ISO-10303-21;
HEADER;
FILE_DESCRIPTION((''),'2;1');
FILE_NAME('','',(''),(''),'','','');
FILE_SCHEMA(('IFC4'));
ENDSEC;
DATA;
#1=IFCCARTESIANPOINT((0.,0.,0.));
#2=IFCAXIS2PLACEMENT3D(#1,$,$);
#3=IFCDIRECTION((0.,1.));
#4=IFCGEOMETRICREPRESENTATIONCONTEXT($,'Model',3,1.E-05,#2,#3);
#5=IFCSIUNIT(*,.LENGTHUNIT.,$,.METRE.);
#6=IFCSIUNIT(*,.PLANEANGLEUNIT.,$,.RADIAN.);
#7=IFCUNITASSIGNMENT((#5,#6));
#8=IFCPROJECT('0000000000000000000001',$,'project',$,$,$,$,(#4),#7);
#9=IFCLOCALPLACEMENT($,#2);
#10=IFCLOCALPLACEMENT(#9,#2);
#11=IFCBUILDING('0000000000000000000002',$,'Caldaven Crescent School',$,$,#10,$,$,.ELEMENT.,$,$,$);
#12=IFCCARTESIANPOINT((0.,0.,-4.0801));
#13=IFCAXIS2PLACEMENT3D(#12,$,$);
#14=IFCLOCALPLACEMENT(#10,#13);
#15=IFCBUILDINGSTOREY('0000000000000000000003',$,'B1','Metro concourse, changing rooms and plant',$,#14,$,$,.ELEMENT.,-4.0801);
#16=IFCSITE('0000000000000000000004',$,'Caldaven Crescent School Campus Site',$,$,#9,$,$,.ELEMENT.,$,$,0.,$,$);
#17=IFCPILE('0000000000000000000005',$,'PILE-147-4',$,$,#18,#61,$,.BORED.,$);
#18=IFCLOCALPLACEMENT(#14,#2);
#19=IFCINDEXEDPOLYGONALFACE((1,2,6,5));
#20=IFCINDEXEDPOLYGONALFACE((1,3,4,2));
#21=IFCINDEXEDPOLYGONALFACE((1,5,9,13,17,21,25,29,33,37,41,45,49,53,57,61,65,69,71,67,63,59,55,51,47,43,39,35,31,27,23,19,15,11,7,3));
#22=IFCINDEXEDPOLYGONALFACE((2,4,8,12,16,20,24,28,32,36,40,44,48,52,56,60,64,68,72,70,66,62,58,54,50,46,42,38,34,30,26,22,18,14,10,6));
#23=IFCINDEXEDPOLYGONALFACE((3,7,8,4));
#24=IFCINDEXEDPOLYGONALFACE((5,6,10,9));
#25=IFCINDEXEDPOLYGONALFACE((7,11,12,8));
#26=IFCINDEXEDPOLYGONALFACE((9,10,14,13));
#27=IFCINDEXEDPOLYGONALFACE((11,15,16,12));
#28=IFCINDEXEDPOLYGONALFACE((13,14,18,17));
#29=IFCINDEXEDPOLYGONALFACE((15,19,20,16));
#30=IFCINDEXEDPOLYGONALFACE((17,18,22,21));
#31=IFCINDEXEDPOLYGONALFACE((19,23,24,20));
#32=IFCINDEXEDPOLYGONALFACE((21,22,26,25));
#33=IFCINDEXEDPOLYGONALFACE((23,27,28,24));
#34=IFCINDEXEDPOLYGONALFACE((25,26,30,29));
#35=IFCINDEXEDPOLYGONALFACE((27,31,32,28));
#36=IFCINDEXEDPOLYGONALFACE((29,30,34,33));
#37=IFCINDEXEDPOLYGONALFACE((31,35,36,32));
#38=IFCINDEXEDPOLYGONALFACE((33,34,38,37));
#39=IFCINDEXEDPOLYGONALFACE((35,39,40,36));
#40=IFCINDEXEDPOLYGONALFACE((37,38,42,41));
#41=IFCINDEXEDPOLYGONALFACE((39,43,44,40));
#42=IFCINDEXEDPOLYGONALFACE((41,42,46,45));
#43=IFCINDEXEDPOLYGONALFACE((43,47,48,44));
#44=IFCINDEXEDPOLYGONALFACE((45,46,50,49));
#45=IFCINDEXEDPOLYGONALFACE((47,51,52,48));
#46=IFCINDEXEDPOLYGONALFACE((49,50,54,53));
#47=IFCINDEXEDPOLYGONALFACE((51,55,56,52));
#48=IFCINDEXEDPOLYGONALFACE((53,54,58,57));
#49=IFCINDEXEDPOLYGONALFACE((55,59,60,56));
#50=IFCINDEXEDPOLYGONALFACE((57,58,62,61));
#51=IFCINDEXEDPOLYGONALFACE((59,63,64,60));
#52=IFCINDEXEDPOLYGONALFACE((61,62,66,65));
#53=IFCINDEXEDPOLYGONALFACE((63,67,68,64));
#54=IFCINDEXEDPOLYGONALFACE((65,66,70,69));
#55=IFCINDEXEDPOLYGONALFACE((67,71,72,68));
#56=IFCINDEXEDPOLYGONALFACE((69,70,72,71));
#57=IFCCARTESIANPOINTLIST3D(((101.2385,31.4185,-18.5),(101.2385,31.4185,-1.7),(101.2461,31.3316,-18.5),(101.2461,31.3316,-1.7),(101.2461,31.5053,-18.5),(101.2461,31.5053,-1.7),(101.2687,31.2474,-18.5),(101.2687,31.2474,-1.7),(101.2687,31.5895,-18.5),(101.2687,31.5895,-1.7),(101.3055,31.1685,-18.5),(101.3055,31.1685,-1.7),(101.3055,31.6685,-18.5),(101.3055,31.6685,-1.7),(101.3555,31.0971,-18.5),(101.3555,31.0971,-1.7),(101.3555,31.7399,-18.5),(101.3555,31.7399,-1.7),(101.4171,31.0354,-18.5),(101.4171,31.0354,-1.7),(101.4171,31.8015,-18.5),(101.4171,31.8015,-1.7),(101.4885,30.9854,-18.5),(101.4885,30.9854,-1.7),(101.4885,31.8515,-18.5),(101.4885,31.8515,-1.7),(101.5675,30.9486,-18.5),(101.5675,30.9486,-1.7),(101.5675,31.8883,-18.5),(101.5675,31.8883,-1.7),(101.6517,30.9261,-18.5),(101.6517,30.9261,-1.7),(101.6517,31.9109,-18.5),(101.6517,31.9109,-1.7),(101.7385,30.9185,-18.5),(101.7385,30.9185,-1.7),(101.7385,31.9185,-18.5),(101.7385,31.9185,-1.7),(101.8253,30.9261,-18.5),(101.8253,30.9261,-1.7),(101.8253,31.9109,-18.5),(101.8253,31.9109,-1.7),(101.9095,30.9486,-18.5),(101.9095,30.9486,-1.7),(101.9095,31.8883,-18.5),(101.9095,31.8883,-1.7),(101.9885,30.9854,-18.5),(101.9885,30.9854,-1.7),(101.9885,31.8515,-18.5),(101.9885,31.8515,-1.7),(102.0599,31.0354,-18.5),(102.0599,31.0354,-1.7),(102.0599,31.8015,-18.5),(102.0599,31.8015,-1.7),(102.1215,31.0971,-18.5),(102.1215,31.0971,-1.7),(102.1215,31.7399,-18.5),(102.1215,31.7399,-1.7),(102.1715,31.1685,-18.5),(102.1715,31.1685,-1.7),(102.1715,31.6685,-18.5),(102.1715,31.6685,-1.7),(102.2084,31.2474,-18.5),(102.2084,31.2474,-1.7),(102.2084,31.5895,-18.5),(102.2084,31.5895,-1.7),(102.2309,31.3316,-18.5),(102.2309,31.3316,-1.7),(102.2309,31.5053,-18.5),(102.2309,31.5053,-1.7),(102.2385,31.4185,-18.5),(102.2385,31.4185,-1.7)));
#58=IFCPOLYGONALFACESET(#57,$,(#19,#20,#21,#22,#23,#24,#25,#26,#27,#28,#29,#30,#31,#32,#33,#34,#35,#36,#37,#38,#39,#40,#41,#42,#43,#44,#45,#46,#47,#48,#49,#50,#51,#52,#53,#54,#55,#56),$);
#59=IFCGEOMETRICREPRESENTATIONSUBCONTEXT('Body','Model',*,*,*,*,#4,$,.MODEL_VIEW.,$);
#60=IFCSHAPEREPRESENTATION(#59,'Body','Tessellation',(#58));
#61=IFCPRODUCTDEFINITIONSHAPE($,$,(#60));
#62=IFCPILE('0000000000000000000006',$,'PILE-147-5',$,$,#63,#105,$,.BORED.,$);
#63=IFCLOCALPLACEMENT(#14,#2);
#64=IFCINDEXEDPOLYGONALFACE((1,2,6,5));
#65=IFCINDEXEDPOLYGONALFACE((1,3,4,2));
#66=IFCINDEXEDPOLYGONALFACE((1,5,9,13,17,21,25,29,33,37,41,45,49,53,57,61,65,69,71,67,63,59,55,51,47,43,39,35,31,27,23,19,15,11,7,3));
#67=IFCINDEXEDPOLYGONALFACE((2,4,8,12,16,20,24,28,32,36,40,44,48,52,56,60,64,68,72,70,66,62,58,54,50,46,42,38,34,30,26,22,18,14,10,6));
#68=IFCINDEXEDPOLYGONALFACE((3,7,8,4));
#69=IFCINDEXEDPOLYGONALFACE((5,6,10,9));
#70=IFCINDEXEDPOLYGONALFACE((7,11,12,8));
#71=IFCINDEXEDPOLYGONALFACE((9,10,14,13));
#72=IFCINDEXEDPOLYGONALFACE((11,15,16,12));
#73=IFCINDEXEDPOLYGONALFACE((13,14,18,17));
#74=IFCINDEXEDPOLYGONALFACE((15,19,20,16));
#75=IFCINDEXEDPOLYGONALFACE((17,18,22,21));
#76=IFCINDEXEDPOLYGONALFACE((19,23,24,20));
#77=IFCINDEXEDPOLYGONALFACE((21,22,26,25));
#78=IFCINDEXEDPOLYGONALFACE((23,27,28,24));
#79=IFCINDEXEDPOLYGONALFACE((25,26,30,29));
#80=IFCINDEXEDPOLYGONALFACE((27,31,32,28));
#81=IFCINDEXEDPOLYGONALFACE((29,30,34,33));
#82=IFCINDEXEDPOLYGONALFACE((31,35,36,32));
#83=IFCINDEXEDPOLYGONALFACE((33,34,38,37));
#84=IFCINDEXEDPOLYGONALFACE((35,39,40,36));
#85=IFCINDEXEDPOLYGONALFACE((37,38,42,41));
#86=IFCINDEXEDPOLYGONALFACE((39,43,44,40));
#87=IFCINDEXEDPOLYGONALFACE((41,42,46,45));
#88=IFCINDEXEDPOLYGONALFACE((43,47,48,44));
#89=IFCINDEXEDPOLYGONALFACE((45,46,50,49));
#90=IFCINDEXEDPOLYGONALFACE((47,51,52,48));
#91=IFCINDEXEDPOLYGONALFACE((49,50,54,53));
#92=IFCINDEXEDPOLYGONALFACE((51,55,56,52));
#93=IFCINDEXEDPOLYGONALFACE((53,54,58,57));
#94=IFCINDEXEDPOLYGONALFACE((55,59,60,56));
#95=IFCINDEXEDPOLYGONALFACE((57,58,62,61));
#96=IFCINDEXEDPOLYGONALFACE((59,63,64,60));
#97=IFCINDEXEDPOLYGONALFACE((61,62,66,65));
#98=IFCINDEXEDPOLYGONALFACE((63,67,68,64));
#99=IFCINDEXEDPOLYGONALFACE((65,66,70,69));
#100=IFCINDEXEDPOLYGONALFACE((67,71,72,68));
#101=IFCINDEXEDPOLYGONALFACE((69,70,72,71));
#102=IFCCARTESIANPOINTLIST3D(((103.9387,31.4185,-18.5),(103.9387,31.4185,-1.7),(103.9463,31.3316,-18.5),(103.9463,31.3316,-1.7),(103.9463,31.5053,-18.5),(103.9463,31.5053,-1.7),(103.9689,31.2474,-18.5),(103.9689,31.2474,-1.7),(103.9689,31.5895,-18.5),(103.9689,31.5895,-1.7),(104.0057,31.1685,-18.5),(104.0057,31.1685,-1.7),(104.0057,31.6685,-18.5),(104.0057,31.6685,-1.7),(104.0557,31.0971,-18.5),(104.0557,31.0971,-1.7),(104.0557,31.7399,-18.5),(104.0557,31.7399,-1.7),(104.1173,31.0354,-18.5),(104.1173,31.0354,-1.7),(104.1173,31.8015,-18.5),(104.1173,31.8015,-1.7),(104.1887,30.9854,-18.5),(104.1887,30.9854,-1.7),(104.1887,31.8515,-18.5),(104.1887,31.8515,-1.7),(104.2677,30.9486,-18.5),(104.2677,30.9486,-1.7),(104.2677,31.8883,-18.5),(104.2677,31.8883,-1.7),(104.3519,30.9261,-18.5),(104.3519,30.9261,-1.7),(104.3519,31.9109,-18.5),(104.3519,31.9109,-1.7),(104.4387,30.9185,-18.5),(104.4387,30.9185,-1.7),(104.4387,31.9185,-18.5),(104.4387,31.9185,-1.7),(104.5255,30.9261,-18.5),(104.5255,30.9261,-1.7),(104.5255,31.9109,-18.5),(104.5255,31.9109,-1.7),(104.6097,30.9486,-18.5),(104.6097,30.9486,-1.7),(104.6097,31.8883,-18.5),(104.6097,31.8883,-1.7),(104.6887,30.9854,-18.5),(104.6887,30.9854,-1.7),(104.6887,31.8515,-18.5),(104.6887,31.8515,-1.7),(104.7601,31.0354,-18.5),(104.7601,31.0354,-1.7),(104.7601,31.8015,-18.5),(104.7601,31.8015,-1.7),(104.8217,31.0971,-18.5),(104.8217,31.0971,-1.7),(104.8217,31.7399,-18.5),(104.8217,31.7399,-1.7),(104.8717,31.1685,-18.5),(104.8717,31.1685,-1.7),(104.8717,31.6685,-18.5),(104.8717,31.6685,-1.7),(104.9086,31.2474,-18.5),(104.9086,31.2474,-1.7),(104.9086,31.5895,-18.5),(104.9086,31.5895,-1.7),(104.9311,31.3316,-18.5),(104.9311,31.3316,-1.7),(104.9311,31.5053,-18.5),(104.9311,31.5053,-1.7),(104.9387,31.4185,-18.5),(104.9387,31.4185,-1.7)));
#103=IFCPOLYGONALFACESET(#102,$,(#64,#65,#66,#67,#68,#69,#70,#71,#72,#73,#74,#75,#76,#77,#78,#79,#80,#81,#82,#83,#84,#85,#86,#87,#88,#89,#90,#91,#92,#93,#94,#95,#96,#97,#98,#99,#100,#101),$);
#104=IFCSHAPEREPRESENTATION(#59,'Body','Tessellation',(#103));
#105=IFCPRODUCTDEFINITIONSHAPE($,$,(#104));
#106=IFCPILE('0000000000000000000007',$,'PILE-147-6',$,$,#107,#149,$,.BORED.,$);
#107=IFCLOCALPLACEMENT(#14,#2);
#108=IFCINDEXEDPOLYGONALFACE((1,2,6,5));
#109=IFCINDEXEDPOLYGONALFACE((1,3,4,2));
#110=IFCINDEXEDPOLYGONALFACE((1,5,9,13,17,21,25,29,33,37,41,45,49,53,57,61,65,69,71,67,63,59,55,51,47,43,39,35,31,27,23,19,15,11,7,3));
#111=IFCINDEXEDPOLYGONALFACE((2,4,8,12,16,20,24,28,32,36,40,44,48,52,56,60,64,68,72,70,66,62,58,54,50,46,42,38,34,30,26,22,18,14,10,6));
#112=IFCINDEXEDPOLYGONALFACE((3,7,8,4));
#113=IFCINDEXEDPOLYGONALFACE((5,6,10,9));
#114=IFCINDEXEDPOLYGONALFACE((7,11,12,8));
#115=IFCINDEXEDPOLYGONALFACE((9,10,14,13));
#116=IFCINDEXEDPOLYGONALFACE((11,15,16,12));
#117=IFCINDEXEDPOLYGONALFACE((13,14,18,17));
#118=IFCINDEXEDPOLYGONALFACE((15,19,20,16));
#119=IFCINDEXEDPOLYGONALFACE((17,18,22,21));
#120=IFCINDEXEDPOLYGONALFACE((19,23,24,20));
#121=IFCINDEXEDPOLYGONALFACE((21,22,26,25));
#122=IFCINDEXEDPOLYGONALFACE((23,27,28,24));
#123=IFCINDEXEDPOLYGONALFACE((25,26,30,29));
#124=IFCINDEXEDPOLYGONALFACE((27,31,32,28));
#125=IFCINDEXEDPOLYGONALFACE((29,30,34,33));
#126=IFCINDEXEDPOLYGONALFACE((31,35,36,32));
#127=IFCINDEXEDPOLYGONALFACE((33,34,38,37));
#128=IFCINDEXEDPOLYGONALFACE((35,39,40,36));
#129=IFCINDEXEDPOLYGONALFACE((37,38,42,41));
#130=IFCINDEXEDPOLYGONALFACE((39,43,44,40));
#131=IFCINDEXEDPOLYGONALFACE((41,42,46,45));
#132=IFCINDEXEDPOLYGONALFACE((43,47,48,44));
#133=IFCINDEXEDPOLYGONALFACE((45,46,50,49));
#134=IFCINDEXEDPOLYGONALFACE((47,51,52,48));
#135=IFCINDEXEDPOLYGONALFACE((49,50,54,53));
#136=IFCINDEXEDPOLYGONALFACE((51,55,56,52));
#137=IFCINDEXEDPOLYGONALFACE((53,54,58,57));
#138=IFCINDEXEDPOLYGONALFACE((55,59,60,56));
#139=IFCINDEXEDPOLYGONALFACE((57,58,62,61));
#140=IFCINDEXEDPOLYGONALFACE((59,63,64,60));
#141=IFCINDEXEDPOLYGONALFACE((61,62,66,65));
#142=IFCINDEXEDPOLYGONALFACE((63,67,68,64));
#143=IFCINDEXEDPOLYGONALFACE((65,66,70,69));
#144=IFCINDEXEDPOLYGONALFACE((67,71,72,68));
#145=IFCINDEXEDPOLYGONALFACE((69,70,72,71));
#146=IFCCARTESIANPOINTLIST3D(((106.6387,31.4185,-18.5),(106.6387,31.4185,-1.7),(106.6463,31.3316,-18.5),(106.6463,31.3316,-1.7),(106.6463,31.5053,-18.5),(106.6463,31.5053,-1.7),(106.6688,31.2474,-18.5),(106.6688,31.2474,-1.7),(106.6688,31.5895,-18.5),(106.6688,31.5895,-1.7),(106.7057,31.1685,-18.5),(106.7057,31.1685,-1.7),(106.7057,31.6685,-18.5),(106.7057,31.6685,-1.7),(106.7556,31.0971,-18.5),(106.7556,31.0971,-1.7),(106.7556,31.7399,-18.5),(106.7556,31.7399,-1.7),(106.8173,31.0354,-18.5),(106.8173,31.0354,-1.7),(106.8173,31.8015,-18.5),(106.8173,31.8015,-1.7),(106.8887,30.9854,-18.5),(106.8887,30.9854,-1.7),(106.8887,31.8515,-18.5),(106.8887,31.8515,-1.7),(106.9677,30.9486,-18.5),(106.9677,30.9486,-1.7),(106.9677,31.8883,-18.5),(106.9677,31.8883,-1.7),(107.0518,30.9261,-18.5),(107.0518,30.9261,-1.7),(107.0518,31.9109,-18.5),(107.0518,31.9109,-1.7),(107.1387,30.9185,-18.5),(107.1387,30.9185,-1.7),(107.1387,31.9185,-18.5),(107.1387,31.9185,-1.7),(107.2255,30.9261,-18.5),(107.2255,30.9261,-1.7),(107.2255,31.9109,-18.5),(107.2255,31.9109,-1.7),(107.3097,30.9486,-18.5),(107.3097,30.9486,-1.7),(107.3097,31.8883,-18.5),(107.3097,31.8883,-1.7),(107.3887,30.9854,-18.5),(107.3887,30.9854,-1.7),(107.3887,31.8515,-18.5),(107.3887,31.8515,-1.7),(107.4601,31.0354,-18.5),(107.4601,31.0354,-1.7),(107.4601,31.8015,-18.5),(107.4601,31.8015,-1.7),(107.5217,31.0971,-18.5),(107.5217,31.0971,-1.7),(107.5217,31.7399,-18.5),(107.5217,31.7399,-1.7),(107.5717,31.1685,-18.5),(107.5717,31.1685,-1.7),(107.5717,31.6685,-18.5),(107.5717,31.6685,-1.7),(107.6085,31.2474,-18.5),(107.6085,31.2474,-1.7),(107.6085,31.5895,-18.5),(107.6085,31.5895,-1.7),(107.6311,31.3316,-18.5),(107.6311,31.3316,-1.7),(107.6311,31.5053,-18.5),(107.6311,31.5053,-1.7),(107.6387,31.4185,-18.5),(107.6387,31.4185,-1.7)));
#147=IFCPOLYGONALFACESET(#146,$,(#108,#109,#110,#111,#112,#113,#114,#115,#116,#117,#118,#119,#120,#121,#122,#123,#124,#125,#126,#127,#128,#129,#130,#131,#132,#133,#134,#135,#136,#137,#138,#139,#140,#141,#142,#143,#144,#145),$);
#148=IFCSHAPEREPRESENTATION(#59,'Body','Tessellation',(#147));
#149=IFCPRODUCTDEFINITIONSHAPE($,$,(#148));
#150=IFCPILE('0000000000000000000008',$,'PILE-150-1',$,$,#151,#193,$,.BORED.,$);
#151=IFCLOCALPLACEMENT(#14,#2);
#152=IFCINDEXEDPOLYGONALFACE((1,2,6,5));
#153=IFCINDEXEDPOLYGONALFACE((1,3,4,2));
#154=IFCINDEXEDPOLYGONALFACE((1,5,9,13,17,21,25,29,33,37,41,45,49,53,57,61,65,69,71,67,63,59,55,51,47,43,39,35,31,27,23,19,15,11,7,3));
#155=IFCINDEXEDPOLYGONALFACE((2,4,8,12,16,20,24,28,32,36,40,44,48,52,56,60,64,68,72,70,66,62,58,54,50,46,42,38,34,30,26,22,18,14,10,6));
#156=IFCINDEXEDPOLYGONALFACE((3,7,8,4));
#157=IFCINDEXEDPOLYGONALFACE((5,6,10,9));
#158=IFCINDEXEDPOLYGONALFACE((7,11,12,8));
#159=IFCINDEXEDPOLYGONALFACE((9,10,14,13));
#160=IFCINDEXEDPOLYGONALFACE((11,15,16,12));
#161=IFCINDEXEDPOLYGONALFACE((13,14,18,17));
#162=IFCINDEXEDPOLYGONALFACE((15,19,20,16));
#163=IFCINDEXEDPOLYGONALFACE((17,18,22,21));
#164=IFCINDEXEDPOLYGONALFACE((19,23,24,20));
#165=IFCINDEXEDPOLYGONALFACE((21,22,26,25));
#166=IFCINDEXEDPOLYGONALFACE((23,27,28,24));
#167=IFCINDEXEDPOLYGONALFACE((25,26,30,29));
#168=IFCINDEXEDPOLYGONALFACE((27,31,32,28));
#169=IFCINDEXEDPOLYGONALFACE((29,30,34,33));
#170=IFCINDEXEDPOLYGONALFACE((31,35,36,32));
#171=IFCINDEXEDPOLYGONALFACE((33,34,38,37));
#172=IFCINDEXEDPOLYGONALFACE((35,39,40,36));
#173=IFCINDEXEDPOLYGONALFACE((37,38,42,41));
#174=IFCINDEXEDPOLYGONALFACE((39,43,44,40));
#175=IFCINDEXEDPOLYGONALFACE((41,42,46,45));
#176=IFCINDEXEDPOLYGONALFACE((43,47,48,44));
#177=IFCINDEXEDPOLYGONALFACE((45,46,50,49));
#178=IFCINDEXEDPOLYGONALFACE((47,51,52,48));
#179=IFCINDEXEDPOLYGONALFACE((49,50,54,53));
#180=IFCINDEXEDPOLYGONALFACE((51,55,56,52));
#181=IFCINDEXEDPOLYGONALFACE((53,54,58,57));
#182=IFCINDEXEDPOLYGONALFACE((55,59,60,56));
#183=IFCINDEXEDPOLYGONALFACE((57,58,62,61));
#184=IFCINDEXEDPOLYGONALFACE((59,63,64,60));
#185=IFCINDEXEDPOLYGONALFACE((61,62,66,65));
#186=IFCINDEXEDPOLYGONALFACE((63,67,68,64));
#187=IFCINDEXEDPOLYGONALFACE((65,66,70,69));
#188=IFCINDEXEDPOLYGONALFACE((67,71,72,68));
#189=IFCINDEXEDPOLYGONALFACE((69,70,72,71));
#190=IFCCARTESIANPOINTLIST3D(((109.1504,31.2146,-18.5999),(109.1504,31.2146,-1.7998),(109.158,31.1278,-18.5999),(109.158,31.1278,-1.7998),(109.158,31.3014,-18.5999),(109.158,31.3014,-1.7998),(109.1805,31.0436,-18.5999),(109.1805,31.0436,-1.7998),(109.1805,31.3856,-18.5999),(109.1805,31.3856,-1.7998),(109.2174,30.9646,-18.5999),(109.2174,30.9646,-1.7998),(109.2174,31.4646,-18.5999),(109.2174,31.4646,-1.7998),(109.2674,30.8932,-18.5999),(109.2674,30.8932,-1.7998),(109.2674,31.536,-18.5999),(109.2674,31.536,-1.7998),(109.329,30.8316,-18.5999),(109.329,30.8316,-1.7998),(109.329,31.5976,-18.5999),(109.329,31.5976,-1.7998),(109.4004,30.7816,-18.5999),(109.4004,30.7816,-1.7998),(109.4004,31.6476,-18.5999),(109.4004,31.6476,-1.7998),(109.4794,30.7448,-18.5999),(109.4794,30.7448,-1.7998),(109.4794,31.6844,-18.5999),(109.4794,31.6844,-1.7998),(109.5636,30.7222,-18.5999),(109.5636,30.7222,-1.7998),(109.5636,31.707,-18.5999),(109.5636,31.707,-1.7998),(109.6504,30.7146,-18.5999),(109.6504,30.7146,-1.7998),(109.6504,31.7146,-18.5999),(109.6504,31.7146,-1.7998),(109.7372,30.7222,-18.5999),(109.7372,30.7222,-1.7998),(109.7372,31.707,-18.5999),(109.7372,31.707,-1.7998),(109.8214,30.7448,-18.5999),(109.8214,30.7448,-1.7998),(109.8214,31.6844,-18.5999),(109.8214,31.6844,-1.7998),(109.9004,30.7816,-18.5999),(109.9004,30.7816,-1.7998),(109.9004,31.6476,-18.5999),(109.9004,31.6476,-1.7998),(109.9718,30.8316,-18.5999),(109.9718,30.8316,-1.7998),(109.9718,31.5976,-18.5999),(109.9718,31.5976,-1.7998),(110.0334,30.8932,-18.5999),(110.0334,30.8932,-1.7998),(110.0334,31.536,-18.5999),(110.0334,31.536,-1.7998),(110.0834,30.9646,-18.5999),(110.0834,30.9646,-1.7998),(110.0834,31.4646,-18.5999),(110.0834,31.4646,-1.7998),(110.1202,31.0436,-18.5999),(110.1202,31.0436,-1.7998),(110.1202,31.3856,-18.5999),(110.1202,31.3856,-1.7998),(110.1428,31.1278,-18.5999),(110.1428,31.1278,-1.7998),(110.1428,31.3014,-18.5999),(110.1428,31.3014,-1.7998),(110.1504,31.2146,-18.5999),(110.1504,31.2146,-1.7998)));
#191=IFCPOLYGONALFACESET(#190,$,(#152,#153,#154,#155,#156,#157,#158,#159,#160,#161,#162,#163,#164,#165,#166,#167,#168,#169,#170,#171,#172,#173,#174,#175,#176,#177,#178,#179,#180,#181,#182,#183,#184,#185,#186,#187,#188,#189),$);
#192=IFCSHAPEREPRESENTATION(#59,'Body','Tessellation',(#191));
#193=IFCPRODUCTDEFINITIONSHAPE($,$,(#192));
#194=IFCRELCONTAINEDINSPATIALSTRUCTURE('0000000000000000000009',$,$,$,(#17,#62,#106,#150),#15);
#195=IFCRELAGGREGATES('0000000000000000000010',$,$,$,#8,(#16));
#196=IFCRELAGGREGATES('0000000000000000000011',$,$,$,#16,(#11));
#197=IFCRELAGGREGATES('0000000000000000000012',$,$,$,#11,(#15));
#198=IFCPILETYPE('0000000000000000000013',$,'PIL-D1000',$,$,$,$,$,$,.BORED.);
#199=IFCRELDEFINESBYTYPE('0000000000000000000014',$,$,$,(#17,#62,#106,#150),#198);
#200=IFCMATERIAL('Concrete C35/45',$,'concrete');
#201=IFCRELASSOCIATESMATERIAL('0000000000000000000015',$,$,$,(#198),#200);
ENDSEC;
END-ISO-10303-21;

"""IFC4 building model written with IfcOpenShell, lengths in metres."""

from ifc_helpers import new_model, si_unit, direction, frame, origin, origin_2d, place, context, subcontext, project, spatial, circle, extrude, material, material_profile, profile_set, type_object, element, save


model = new_model("IFC4")

# Units and contexts
model_context = context("Model", 3, precision=1e-05, world=origin(), true_north=direction((0.0, 1.0)))
body_context = subcontext(model_context, "Body", "Model", "MODEL_VIEW")
ifc_project = project(units=[si_unit("LENGTHUNIT", "METRE"), si_unit("PLANEANGLEUNIT", "RADIAN")], contexts=[model_context])

# Site, building, storey
site_placement = place(None, origin())
site = spatial("IfcSite", under=ifc_project, at=site_placement, Name="Caldaven Crescent School Campus Site", CompositionType="ELEMENT", RefElevation=0.0)
building_placement = place(site_placement, origin())
building = spatial("IfcBuilding", under=site, at=building_placement, Name="Caldaven Crescent School", CompositionType="ELEMENT")
storey_placement = place(building_placement, frame((0.0, 0.0, -4.0801)))
storey = spatial("IfcBuildingStorey", under=building, at=storey_placement, Name="B1", Description="Metro concourse, changing rooms and plant", CompositionType="ELEMENT", Elevation=-4.0801)

# Shared definitions
ifc_material_1 = material(Name="Concrete C35/45", Category="concrete")

# Piles
ifc_material_profile_1 = material_profile(ifc_material_1, circle(Radius=0.5, at=origin_2d()), Name="PILE D1000")
ifc_profile_set_1 = profile_set([ifc_material_profile_1], Name="Concrete C35/45")
pile_type = type_object("IfcPileType", Name="PIL-D1000", PredefinedType="BORED", material=ifc_profile_set_1)
for number, where, z_axis, x_axis, name in (
    (1, (101.7385, 31.4185, -1.7), (0.0, 0.0, -1.0), (1.0, 0.0, 0.0), "PILE-147-4"),
    (2, (104.4387, 31.4185, -1.7), (0.0, 0.0, -1.0), (1.0, 0.0, 0.0), "PILE-147-5"),
    (3, (107.1387, 31.4185, -1.7), (0.0, 0.0, -1.0), (1.0, 0.0, 0.0), "PILE-147-6"),
    (4, (109.6504, 31.2146, -1.7998), (0.0, 0.0, -1.0), (1.0, 0.0, 0.0), "PILE-150-1"),
):
    element("IfcPile", number, at=place(storey_placement, frame(where, z_axis=z_axis, x_axis=x_axis)), inside=storey, type_object=pile_type, Name=name, PredefinedType="BORED", context=body_context, shape_type="SweptSolid", body=[
        extrude(circle(Radius=0.5, at=origin_2d()), origin(), (0.0, 0.0, 1.0), 16.8),
    ])

save(model, "model.ifc")
